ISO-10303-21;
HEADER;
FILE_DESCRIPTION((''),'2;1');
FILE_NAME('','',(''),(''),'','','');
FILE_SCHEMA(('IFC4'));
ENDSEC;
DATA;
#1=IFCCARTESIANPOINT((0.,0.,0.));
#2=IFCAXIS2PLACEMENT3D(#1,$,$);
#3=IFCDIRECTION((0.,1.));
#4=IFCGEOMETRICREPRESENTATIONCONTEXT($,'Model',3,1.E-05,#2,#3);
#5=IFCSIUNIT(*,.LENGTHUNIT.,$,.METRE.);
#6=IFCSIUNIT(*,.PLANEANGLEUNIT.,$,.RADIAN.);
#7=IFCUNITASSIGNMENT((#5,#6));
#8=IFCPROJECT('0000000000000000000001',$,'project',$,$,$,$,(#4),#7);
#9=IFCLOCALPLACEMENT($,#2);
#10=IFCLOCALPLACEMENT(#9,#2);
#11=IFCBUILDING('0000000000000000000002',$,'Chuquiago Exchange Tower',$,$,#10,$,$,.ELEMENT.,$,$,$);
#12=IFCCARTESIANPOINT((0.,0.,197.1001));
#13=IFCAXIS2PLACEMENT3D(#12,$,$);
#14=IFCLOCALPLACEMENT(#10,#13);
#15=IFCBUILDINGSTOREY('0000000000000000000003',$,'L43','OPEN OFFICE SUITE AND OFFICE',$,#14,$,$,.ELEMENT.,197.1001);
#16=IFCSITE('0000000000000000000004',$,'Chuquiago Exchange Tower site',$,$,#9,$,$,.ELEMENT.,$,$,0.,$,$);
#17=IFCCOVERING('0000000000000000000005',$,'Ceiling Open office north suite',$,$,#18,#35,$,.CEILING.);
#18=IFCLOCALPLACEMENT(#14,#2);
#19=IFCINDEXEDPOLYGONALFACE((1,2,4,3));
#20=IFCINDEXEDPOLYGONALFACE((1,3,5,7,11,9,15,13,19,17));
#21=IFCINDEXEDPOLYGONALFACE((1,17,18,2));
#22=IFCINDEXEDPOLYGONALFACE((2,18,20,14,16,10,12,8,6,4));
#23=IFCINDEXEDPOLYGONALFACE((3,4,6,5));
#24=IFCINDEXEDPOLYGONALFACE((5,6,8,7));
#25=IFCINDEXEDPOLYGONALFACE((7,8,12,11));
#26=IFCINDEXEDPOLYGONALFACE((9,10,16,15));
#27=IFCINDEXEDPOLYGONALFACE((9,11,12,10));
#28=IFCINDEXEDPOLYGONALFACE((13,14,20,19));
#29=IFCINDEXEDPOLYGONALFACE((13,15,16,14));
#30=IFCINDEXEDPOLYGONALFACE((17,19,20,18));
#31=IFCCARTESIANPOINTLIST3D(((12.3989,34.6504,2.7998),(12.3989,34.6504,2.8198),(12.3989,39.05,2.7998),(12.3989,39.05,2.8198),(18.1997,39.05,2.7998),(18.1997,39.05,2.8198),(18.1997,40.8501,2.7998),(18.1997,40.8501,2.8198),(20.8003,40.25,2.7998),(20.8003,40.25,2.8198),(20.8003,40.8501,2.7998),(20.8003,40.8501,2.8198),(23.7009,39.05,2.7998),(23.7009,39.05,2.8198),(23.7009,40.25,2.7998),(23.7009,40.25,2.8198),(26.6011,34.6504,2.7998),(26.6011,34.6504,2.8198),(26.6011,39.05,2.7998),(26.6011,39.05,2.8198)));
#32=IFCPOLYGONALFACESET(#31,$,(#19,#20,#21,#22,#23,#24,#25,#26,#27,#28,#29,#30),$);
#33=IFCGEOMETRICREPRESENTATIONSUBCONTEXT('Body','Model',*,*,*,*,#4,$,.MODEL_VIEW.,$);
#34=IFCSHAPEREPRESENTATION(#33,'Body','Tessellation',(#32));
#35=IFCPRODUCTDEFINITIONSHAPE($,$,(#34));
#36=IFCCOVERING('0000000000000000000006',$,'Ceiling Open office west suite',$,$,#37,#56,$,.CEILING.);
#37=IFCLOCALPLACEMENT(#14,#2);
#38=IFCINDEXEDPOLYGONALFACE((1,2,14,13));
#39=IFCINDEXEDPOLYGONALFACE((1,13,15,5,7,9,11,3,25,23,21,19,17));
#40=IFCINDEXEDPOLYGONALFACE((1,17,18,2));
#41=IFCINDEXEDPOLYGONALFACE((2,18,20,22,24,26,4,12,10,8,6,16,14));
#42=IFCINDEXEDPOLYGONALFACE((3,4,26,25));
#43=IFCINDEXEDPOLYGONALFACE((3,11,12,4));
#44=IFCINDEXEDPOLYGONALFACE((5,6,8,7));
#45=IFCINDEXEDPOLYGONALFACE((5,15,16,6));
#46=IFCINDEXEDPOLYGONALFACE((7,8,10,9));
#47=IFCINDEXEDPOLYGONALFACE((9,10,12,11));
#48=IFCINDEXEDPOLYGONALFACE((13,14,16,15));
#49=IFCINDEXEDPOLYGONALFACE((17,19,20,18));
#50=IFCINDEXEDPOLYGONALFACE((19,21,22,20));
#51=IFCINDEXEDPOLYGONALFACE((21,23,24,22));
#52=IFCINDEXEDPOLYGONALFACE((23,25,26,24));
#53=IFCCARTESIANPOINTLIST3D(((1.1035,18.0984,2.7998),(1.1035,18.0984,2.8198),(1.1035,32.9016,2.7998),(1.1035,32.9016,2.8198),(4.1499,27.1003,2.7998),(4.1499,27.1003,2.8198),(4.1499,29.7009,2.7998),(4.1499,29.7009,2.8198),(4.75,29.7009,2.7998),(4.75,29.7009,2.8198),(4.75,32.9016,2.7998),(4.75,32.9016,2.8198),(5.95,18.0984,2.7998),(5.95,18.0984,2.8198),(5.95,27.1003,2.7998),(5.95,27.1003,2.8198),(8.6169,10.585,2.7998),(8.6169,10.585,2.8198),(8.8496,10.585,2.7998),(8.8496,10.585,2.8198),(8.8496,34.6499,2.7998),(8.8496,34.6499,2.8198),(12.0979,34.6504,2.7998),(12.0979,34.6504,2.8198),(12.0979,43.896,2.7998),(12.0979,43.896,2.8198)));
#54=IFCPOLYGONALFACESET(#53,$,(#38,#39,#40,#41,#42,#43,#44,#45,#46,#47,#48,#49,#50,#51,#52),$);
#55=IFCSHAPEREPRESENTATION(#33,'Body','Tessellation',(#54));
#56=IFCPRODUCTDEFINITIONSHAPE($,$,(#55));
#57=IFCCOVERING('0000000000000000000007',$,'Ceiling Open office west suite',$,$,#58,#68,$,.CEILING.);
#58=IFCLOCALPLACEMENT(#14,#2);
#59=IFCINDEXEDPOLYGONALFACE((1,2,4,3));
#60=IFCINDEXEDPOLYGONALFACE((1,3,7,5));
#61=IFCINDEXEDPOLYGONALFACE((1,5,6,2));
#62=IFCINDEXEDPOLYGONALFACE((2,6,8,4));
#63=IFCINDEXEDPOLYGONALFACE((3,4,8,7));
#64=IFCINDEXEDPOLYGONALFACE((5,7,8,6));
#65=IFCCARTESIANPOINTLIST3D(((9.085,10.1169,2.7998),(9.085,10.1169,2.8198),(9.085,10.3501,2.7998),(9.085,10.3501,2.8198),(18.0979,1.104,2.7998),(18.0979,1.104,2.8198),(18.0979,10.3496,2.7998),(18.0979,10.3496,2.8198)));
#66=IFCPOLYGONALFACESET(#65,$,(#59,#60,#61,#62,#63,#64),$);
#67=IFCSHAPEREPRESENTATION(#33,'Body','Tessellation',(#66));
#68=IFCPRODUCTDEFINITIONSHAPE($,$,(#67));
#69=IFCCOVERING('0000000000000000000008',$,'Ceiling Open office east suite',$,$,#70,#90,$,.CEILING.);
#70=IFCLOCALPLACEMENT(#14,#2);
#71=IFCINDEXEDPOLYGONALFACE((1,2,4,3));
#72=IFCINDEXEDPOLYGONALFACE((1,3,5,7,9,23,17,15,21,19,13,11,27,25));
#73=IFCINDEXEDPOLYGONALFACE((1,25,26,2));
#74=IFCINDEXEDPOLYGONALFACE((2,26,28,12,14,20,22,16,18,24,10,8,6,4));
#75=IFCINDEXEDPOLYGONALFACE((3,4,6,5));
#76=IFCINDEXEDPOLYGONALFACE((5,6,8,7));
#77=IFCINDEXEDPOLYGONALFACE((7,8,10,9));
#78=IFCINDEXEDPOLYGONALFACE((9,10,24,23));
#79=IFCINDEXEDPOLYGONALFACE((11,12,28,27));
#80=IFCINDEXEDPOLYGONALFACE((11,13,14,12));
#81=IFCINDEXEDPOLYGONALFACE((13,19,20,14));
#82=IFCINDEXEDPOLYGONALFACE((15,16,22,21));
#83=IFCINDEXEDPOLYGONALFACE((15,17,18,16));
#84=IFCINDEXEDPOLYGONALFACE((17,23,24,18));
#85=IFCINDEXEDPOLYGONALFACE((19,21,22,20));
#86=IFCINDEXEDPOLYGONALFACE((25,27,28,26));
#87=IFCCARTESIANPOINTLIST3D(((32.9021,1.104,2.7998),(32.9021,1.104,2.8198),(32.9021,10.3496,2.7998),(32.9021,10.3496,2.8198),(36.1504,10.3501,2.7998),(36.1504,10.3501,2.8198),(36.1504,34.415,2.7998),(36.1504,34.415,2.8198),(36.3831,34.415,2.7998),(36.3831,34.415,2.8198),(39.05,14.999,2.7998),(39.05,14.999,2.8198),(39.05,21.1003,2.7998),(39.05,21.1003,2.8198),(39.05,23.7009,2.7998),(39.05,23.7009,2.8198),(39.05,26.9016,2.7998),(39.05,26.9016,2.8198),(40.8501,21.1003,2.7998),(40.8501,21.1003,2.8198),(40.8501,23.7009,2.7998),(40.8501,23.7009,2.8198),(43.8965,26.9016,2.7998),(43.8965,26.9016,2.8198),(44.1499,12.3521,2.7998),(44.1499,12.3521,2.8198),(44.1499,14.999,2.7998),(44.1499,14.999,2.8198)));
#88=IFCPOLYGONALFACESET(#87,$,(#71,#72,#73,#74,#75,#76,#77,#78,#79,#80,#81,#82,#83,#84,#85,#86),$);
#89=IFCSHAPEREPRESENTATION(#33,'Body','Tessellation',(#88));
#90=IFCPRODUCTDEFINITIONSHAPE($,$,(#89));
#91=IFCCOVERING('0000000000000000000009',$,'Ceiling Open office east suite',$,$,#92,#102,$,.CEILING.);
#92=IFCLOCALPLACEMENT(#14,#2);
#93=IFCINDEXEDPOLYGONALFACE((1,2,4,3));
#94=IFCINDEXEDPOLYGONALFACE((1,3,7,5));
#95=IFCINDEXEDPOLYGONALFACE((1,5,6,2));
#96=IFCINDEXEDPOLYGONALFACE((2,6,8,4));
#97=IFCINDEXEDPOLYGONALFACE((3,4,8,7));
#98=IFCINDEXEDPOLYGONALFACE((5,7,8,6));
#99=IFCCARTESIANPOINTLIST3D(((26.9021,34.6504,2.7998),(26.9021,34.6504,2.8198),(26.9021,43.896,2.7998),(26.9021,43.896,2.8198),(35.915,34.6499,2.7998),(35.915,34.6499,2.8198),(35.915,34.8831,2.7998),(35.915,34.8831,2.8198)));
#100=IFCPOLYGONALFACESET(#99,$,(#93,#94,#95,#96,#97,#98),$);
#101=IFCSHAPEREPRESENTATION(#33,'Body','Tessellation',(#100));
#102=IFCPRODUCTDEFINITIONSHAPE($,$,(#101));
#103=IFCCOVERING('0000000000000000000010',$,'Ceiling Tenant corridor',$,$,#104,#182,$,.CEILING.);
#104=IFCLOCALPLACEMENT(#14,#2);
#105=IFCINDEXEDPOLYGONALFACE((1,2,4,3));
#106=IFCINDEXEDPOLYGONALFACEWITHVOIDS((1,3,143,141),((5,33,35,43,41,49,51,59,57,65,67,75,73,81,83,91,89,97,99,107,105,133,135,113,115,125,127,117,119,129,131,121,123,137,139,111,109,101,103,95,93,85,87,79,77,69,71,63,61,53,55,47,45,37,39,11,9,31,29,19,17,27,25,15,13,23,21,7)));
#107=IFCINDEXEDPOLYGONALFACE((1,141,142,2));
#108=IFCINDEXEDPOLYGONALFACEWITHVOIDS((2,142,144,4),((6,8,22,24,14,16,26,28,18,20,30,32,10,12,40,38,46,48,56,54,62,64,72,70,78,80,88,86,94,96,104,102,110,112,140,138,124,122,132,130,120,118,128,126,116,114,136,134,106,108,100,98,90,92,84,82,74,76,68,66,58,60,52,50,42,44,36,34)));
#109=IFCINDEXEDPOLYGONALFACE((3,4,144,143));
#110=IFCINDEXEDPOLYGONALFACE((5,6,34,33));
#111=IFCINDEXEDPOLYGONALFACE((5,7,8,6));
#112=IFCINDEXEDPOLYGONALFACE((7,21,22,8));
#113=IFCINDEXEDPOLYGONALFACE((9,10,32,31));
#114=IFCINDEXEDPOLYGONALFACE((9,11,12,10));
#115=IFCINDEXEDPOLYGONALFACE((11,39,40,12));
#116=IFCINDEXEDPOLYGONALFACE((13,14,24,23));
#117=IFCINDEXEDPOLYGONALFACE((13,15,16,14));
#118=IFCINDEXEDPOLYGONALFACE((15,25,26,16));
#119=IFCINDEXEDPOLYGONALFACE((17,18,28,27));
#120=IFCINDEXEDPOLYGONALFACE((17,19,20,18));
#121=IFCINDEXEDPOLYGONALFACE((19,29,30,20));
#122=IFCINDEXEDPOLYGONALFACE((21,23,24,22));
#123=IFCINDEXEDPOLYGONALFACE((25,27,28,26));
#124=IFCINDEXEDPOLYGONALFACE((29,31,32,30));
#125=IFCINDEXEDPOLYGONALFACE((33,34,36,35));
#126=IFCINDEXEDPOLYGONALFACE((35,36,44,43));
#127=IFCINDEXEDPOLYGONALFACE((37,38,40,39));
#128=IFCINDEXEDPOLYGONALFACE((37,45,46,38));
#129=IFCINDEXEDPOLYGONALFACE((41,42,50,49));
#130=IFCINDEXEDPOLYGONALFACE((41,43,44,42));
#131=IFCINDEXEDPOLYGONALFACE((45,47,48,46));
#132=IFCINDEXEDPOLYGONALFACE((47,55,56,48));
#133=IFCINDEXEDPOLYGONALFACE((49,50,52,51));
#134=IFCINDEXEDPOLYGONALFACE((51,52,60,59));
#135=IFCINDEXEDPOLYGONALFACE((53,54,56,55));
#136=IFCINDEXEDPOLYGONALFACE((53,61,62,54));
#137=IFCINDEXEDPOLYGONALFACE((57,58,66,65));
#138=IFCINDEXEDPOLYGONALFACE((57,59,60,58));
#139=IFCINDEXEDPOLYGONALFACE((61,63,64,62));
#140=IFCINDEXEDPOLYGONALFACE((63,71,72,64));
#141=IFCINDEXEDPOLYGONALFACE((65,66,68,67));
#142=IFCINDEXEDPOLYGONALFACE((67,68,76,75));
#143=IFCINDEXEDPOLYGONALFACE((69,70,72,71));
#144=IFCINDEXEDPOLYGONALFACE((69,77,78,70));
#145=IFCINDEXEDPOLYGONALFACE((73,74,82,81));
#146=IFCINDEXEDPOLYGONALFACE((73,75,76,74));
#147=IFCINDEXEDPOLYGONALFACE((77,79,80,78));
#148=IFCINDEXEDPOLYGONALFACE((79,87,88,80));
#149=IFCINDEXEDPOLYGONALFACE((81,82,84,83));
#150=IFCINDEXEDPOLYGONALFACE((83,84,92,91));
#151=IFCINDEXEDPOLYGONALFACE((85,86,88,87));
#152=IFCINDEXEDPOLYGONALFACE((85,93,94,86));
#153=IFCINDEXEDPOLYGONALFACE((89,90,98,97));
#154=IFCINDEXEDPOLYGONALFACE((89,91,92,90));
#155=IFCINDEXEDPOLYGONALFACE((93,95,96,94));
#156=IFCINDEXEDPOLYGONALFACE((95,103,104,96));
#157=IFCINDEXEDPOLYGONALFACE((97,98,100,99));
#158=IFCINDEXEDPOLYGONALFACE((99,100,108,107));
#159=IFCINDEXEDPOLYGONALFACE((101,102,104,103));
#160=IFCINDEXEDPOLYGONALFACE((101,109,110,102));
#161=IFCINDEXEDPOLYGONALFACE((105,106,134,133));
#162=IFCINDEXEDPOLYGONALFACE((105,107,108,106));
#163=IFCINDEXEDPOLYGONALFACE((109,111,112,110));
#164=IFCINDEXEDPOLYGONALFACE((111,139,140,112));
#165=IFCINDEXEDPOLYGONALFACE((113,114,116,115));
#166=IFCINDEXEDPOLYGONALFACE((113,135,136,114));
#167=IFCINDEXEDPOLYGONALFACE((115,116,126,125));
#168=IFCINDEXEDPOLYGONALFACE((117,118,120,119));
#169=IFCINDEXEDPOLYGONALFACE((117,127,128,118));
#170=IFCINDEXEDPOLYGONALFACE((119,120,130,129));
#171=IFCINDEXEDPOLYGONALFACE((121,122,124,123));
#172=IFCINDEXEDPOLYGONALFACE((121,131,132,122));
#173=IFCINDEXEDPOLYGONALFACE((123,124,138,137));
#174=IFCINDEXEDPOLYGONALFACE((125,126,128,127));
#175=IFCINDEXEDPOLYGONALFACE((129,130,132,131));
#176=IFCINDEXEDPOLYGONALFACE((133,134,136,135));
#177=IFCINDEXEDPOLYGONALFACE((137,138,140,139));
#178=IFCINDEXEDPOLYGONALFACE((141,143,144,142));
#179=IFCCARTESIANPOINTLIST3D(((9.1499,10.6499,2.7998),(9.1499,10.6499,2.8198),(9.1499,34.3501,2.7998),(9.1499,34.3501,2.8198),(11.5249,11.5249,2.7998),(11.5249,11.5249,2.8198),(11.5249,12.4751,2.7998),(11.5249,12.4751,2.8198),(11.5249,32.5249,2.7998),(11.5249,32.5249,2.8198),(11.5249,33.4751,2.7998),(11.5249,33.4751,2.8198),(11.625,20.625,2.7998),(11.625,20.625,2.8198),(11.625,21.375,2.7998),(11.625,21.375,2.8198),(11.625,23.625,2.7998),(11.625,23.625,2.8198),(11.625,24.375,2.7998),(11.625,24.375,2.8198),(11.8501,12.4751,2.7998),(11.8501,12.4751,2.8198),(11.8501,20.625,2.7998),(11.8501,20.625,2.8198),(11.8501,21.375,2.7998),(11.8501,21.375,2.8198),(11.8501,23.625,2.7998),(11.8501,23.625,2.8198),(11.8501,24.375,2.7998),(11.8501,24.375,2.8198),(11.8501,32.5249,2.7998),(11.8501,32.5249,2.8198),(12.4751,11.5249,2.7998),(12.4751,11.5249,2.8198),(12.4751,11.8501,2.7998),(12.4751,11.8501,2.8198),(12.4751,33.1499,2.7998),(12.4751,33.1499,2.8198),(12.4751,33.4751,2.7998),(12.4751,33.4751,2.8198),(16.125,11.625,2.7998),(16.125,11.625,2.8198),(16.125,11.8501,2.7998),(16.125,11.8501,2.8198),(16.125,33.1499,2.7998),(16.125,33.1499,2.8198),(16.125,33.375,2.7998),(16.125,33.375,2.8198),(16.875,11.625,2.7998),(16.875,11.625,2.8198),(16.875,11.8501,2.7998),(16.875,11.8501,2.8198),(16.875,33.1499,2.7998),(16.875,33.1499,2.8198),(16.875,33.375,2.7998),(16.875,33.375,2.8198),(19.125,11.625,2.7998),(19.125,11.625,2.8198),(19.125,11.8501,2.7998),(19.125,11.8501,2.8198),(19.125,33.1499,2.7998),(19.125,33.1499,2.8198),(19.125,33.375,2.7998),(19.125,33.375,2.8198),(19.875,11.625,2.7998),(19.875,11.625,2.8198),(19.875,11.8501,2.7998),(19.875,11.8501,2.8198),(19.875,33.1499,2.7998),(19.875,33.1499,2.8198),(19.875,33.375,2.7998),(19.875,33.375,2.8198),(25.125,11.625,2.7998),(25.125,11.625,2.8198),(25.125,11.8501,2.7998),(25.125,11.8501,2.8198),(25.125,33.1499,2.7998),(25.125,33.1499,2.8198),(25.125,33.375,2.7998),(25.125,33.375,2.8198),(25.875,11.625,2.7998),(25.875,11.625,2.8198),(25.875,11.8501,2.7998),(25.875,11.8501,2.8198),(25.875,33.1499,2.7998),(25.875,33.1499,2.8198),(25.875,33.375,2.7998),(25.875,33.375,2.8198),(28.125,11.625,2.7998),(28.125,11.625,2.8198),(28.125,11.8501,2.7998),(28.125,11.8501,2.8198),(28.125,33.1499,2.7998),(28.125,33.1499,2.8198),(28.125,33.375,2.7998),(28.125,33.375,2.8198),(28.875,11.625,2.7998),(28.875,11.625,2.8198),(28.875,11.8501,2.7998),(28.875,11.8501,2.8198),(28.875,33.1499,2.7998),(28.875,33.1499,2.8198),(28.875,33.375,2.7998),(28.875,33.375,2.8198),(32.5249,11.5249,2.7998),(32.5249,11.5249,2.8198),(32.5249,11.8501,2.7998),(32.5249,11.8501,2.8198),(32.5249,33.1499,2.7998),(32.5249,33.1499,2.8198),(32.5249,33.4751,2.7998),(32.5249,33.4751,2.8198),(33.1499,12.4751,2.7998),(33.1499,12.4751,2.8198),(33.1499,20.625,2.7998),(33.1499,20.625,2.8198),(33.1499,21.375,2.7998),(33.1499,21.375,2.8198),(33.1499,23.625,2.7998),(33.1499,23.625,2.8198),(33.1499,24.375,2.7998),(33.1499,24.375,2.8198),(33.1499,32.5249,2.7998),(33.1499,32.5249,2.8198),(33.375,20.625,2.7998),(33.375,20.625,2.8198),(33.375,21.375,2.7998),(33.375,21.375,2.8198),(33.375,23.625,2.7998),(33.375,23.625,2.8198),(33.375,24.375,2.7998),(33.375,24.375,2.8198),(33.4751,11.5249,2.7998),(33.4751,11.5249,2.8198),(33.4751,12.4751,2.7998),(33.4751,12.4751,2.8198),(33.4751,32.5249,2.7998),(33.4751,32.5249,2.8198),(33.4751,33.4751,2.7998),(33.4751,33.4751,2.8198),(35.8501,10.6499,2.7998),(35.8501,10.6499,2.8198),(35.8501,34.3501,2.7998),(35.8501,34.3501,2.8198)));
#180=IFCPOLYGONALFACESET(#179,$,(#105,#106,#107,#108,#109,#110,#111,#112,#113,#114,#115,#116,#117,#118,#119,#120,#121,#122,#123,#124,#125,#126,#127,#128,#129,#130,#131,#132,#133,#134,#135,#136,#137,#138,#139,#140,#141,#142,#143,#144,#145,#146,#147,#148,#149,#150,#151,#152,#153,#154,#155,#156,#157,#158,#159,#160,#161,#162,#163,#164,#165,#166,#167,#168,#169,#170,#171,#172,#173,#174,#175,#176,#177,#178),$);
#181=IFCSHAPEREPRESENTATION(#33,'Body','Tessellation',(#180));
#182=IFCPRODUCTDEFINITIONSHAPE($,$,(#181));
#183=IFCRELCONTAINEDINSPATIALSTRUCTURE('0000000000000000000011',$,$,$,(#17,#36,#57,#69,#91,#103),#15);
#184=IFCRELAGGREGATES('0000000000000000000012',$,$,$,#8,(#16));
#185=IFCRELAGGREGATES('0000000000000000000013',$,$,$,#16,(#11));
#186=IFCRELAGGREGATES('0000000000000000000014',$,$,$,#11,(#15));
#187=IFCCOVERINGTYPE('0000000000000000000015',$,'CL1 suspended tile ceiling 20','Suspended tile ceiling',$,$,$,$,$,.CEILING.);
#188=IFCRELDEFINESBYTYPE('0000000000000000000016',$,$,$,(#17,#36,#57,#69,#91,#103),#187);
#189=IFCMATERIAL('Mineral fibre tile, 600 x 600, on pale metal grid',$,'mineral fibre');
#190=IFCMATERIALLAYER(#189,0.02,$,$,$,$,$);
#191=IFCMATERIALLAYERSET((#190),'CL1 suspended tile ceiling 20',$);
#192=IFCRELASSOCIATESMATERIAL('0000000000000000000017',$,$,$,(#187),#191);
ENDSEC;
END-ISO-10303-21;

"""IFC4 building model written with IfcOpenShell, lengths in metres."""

from ifc_helpers import new_model, si_unit, direction, frame, origin, place, context, subcontext, project, spatial, polyline, outline, extrude, material, layer, layer_set, type_object, element, save


model = new_model("IFC4")

# Units and contexts
model_context = context("Model", 3, precision=1e-05, world=origin(), true_north=direction((0.0, 1.0)))
body_context = subcontext(model_context, "Body", "Model", "MODEL_VIEW")
ifc_project = project(units=[si_unit("LENGTHUNIT", "METRE"), si_unit("PLANEANGLEUNIT", "RADIAN")], contexts=[model_context])

# Site, building, storey
site_placement = place(None, origin())
site = spatial("IfcSite", under=ifc_project, at=site_placement, Name="Chuquiago Exchange Tower site", CompositionType="ELEMENT", RefElevation=0.0)
building_placement = place(site_placement, origin())
building = spatial("IfcBuilding", under=site, at=building_placement, Name="Chuquiago Exchange Tower", CompositionType="ELEMENT")
storey_placement = place(building_placement, frame((0.0, 0.0, 197.1001)))
storey = spatial("IfcBuildingStorey", under=building, at=storey_placement, Name="L43", Description="OPEN OFFICE SUITE AND OFFICE", CompositionType="ELEMENT", Elevation=197.1001)

# Coverings
ifc_material_1 = material(Name="Mineral fibre tile, 600 x 600, on pale metal grid", Category="mineral fibre")
ifc_layer_1 = layer(ifc_material_1, 0.02)
ifc_layer_set_1 = layer_set([ifc_layer_1], Name="CL1 suspended tile ceiling 20")
covering_type_1 = type_object("IfcCoveringType", Name="CL1 suspended tile ceiling 20", Description="Suspended tile ceiling", PredefinedType="CEILING", material=ifc_layer_set_1)
covering_1_placement = place(storey_placement, frame((0.0, 0.0, 2.7998)))
element("IfcCovering", 1, at=covering_1_placement, inside=storey, type_object=covering_type_1, Name="Ceiling Open office north suite", PredefinedType="CEILING", context=body_context, shape_type="SweptSolid", body=[
    extrude(outline(polyline([(18.1997, 39.05), (18.1997, 40.8501), (20.8003, 40.8501), (20.8003, 40.25), (23.7009, 40.25), (23.7009, 39.05), (26.6011, 39.05), (26.6011, 34.6504), (12.3989, 34.6504), (12.3989, 39.05), (18.1997, 39.05)])), origin(), (0.0, 0.0, 1.0), 0.02),
])
covering_2_placement = place(storey_placement, frame((0.0, 0.0, 2.7998)))
element("IfcCovering", 2, at=covering_2_placement, inside=storey, type_object=covering_type_1, Name="Ceiling Open office west suite", PredefinedType="CEILING", context=body_context, shape_type="SweptSolid", body=[
    extrude(outline(polyline([(5.95, 18.0984), (5.95, 27.1003), (4.1499, 27.1003), (4.1499, 29.7009), (4.75, 29.7009), (4.75, 32.9016), (1.1035, 32.9016), (12.0979, 43.896), (12.0979, 34.6504), (8.8496, 34.6499), (8.8496, 10.585), (8.6169, 10.585), (1.1035, 18.0984), (5.95, 18.0984)])), origin(), (0.0, 0.0, 1.0), 0.02),
])
covering_3_placement = place(storey_placement, frame((0.0, 0.0, 2.7998)))
element("IfcCovering", 3, at=covering_3_placement, inside=storey, type_object=covering_type_1, Name="Ceiling Open office west suite", PredefinedType="CEILING", context=body_context, shape_type="SweptSolid", body=[
    extrude(outline(polyline([(18.0979, 10.3496), (18.0979, 1.104), (9.085, 10.1169), (9.085, 10.3501), (18.0979, 10.3496)])), origin(), (0.0, 0.0, 1.0), 0.02),
])
covering_4_placement = place(storey_placement, frame((0.0, 0.0, 2.7998)))
element("IfcCovering", 4, at=covering_4_placement, inside=storey, type_object=covering_type_1, Name="Ceiling Open office east suite", PredefinedType="CEILING", context=body_context, shape_type="SweptSolid", body=[
    extrude(outline(polyline([(43.8965, 26.9016), (39.05, 26.9016), (39.05, 23.7009), (40.8501, 23.7009), (40.8501, 21.1003), (39.05, 21.1003), (39.05, 14.999), (44.1499, 14.999), (44.1499, 12.3521), (32.9021, 1.104), (32.9021, 10.3496), (36.1504, 10.3501), (36.1504, 34.415), (36.3831, 34.415), (43.8965, 26.9016)])), origin(), (0.0, 0.0, 1.0), 0.02),
])
covering_5_placement = place(storey_placement, frame((0.0, 0.0, 2.7998)))
element("IfcCovering", 5, at=covering_5_placement, inside=storey, type_object=covering_type_1, Name="Ceiling Open office east suite", PredefinedType="CEILING", context=body_context, shape_type="SweptSolid", body=[
    extrude(outline(polyline([(26.9021, 34.6504), (26.9021, 43.896), (35.915, 34.8831), (35.915, 34.6499), (26.9021, 34.6504)])), origin(), (0.0, 0.0, 1.0), 0.02),
])
covering_6_placement = place(storey_placement, frame((0.0, 0.0, 2.7998)))
element("IfcCovering", 6, at=covering_6_placement, inside=storey, type_object=covering_type_1, Name="Ceiling Tenant corridor", PredefinedType="CEILING", context=body_context, shape_type="SweptSolid", body=[
    extrude(outline(polyline([(9.1499, 34.3501), (35.8501, 34.3501), (35.8501, 10.6499), (9.1499, 10.6499), (9.1499, 34.3501)]), holes=[polyline([(11.8501, 24.375), (11.625, 24.375), (11.625, 23.625), (11.8501, 23.625), (11.8501, 21.375), (11.625, 21.375), (11.625, 20.625), (11.8501, 20.625), (11.8501, 12.4751), (11.5249, 12.4751), (11.5249, 11.5249), (12.4751, 11.5249), (12.4751, 11.8501), (16.125, 11.8501), (16.125, 11.625), (16.875, 11.625), (16.875, 11.8501), (19.125, 11.8501), (19.125, 11.625), (19.875, 11.625), (19.875, 11.8501), (25.125, 11.8501), (25.125, 11.625), (25.875, 11.625), (25.875, 11.8501), (28.125, 11.8501), (28.125, 11.625), (28.875, 11.625), (28.875, 11.8501), (32.5249, 11.8501), (32.5249, 11.5249), (33.4751, 11.5249), (33.4751, 12.4751), (33.1499, 12.4751), (33.1499, 20.625), (33.375, 20.625), (33.375, 21.375), (33.1499, 21.375), (33.1499, 23.625), (33.375, 23.625), (33.375, 24.375), (33.1499, 24.375), (33.1499, 32.5249), (33.4751, 32.5249), (33.4751, 33.4751), (32.5249, 33.4751), (32.5249, 33.1499), (28.875, 33.1499), (28.875, 33.375), (28.125, 33.375), (28.125, 33.1499), (25.875, 33.1499), (25.875, 33.375), (25.125, 33.375), (25.125, 33.1499), (19.875, 33.1499), (19.875, 33.375), (19.125, 33.375), (19.125, 33.1499), (16.875, 33.1499), (16.875, 33.375), (16.125, 33.375), (16.125, 33.1499), (12.4751, 33.1499), (12.4751, 33.4751), (11.5249, 33.4751), (11.5249, 32.5249), (11.8501, 32.5249), (11.8501, 24.375)])]), origin(), (0.0, 0.0, 1.0), 0.02),
])

save(model, "model.ifc")
